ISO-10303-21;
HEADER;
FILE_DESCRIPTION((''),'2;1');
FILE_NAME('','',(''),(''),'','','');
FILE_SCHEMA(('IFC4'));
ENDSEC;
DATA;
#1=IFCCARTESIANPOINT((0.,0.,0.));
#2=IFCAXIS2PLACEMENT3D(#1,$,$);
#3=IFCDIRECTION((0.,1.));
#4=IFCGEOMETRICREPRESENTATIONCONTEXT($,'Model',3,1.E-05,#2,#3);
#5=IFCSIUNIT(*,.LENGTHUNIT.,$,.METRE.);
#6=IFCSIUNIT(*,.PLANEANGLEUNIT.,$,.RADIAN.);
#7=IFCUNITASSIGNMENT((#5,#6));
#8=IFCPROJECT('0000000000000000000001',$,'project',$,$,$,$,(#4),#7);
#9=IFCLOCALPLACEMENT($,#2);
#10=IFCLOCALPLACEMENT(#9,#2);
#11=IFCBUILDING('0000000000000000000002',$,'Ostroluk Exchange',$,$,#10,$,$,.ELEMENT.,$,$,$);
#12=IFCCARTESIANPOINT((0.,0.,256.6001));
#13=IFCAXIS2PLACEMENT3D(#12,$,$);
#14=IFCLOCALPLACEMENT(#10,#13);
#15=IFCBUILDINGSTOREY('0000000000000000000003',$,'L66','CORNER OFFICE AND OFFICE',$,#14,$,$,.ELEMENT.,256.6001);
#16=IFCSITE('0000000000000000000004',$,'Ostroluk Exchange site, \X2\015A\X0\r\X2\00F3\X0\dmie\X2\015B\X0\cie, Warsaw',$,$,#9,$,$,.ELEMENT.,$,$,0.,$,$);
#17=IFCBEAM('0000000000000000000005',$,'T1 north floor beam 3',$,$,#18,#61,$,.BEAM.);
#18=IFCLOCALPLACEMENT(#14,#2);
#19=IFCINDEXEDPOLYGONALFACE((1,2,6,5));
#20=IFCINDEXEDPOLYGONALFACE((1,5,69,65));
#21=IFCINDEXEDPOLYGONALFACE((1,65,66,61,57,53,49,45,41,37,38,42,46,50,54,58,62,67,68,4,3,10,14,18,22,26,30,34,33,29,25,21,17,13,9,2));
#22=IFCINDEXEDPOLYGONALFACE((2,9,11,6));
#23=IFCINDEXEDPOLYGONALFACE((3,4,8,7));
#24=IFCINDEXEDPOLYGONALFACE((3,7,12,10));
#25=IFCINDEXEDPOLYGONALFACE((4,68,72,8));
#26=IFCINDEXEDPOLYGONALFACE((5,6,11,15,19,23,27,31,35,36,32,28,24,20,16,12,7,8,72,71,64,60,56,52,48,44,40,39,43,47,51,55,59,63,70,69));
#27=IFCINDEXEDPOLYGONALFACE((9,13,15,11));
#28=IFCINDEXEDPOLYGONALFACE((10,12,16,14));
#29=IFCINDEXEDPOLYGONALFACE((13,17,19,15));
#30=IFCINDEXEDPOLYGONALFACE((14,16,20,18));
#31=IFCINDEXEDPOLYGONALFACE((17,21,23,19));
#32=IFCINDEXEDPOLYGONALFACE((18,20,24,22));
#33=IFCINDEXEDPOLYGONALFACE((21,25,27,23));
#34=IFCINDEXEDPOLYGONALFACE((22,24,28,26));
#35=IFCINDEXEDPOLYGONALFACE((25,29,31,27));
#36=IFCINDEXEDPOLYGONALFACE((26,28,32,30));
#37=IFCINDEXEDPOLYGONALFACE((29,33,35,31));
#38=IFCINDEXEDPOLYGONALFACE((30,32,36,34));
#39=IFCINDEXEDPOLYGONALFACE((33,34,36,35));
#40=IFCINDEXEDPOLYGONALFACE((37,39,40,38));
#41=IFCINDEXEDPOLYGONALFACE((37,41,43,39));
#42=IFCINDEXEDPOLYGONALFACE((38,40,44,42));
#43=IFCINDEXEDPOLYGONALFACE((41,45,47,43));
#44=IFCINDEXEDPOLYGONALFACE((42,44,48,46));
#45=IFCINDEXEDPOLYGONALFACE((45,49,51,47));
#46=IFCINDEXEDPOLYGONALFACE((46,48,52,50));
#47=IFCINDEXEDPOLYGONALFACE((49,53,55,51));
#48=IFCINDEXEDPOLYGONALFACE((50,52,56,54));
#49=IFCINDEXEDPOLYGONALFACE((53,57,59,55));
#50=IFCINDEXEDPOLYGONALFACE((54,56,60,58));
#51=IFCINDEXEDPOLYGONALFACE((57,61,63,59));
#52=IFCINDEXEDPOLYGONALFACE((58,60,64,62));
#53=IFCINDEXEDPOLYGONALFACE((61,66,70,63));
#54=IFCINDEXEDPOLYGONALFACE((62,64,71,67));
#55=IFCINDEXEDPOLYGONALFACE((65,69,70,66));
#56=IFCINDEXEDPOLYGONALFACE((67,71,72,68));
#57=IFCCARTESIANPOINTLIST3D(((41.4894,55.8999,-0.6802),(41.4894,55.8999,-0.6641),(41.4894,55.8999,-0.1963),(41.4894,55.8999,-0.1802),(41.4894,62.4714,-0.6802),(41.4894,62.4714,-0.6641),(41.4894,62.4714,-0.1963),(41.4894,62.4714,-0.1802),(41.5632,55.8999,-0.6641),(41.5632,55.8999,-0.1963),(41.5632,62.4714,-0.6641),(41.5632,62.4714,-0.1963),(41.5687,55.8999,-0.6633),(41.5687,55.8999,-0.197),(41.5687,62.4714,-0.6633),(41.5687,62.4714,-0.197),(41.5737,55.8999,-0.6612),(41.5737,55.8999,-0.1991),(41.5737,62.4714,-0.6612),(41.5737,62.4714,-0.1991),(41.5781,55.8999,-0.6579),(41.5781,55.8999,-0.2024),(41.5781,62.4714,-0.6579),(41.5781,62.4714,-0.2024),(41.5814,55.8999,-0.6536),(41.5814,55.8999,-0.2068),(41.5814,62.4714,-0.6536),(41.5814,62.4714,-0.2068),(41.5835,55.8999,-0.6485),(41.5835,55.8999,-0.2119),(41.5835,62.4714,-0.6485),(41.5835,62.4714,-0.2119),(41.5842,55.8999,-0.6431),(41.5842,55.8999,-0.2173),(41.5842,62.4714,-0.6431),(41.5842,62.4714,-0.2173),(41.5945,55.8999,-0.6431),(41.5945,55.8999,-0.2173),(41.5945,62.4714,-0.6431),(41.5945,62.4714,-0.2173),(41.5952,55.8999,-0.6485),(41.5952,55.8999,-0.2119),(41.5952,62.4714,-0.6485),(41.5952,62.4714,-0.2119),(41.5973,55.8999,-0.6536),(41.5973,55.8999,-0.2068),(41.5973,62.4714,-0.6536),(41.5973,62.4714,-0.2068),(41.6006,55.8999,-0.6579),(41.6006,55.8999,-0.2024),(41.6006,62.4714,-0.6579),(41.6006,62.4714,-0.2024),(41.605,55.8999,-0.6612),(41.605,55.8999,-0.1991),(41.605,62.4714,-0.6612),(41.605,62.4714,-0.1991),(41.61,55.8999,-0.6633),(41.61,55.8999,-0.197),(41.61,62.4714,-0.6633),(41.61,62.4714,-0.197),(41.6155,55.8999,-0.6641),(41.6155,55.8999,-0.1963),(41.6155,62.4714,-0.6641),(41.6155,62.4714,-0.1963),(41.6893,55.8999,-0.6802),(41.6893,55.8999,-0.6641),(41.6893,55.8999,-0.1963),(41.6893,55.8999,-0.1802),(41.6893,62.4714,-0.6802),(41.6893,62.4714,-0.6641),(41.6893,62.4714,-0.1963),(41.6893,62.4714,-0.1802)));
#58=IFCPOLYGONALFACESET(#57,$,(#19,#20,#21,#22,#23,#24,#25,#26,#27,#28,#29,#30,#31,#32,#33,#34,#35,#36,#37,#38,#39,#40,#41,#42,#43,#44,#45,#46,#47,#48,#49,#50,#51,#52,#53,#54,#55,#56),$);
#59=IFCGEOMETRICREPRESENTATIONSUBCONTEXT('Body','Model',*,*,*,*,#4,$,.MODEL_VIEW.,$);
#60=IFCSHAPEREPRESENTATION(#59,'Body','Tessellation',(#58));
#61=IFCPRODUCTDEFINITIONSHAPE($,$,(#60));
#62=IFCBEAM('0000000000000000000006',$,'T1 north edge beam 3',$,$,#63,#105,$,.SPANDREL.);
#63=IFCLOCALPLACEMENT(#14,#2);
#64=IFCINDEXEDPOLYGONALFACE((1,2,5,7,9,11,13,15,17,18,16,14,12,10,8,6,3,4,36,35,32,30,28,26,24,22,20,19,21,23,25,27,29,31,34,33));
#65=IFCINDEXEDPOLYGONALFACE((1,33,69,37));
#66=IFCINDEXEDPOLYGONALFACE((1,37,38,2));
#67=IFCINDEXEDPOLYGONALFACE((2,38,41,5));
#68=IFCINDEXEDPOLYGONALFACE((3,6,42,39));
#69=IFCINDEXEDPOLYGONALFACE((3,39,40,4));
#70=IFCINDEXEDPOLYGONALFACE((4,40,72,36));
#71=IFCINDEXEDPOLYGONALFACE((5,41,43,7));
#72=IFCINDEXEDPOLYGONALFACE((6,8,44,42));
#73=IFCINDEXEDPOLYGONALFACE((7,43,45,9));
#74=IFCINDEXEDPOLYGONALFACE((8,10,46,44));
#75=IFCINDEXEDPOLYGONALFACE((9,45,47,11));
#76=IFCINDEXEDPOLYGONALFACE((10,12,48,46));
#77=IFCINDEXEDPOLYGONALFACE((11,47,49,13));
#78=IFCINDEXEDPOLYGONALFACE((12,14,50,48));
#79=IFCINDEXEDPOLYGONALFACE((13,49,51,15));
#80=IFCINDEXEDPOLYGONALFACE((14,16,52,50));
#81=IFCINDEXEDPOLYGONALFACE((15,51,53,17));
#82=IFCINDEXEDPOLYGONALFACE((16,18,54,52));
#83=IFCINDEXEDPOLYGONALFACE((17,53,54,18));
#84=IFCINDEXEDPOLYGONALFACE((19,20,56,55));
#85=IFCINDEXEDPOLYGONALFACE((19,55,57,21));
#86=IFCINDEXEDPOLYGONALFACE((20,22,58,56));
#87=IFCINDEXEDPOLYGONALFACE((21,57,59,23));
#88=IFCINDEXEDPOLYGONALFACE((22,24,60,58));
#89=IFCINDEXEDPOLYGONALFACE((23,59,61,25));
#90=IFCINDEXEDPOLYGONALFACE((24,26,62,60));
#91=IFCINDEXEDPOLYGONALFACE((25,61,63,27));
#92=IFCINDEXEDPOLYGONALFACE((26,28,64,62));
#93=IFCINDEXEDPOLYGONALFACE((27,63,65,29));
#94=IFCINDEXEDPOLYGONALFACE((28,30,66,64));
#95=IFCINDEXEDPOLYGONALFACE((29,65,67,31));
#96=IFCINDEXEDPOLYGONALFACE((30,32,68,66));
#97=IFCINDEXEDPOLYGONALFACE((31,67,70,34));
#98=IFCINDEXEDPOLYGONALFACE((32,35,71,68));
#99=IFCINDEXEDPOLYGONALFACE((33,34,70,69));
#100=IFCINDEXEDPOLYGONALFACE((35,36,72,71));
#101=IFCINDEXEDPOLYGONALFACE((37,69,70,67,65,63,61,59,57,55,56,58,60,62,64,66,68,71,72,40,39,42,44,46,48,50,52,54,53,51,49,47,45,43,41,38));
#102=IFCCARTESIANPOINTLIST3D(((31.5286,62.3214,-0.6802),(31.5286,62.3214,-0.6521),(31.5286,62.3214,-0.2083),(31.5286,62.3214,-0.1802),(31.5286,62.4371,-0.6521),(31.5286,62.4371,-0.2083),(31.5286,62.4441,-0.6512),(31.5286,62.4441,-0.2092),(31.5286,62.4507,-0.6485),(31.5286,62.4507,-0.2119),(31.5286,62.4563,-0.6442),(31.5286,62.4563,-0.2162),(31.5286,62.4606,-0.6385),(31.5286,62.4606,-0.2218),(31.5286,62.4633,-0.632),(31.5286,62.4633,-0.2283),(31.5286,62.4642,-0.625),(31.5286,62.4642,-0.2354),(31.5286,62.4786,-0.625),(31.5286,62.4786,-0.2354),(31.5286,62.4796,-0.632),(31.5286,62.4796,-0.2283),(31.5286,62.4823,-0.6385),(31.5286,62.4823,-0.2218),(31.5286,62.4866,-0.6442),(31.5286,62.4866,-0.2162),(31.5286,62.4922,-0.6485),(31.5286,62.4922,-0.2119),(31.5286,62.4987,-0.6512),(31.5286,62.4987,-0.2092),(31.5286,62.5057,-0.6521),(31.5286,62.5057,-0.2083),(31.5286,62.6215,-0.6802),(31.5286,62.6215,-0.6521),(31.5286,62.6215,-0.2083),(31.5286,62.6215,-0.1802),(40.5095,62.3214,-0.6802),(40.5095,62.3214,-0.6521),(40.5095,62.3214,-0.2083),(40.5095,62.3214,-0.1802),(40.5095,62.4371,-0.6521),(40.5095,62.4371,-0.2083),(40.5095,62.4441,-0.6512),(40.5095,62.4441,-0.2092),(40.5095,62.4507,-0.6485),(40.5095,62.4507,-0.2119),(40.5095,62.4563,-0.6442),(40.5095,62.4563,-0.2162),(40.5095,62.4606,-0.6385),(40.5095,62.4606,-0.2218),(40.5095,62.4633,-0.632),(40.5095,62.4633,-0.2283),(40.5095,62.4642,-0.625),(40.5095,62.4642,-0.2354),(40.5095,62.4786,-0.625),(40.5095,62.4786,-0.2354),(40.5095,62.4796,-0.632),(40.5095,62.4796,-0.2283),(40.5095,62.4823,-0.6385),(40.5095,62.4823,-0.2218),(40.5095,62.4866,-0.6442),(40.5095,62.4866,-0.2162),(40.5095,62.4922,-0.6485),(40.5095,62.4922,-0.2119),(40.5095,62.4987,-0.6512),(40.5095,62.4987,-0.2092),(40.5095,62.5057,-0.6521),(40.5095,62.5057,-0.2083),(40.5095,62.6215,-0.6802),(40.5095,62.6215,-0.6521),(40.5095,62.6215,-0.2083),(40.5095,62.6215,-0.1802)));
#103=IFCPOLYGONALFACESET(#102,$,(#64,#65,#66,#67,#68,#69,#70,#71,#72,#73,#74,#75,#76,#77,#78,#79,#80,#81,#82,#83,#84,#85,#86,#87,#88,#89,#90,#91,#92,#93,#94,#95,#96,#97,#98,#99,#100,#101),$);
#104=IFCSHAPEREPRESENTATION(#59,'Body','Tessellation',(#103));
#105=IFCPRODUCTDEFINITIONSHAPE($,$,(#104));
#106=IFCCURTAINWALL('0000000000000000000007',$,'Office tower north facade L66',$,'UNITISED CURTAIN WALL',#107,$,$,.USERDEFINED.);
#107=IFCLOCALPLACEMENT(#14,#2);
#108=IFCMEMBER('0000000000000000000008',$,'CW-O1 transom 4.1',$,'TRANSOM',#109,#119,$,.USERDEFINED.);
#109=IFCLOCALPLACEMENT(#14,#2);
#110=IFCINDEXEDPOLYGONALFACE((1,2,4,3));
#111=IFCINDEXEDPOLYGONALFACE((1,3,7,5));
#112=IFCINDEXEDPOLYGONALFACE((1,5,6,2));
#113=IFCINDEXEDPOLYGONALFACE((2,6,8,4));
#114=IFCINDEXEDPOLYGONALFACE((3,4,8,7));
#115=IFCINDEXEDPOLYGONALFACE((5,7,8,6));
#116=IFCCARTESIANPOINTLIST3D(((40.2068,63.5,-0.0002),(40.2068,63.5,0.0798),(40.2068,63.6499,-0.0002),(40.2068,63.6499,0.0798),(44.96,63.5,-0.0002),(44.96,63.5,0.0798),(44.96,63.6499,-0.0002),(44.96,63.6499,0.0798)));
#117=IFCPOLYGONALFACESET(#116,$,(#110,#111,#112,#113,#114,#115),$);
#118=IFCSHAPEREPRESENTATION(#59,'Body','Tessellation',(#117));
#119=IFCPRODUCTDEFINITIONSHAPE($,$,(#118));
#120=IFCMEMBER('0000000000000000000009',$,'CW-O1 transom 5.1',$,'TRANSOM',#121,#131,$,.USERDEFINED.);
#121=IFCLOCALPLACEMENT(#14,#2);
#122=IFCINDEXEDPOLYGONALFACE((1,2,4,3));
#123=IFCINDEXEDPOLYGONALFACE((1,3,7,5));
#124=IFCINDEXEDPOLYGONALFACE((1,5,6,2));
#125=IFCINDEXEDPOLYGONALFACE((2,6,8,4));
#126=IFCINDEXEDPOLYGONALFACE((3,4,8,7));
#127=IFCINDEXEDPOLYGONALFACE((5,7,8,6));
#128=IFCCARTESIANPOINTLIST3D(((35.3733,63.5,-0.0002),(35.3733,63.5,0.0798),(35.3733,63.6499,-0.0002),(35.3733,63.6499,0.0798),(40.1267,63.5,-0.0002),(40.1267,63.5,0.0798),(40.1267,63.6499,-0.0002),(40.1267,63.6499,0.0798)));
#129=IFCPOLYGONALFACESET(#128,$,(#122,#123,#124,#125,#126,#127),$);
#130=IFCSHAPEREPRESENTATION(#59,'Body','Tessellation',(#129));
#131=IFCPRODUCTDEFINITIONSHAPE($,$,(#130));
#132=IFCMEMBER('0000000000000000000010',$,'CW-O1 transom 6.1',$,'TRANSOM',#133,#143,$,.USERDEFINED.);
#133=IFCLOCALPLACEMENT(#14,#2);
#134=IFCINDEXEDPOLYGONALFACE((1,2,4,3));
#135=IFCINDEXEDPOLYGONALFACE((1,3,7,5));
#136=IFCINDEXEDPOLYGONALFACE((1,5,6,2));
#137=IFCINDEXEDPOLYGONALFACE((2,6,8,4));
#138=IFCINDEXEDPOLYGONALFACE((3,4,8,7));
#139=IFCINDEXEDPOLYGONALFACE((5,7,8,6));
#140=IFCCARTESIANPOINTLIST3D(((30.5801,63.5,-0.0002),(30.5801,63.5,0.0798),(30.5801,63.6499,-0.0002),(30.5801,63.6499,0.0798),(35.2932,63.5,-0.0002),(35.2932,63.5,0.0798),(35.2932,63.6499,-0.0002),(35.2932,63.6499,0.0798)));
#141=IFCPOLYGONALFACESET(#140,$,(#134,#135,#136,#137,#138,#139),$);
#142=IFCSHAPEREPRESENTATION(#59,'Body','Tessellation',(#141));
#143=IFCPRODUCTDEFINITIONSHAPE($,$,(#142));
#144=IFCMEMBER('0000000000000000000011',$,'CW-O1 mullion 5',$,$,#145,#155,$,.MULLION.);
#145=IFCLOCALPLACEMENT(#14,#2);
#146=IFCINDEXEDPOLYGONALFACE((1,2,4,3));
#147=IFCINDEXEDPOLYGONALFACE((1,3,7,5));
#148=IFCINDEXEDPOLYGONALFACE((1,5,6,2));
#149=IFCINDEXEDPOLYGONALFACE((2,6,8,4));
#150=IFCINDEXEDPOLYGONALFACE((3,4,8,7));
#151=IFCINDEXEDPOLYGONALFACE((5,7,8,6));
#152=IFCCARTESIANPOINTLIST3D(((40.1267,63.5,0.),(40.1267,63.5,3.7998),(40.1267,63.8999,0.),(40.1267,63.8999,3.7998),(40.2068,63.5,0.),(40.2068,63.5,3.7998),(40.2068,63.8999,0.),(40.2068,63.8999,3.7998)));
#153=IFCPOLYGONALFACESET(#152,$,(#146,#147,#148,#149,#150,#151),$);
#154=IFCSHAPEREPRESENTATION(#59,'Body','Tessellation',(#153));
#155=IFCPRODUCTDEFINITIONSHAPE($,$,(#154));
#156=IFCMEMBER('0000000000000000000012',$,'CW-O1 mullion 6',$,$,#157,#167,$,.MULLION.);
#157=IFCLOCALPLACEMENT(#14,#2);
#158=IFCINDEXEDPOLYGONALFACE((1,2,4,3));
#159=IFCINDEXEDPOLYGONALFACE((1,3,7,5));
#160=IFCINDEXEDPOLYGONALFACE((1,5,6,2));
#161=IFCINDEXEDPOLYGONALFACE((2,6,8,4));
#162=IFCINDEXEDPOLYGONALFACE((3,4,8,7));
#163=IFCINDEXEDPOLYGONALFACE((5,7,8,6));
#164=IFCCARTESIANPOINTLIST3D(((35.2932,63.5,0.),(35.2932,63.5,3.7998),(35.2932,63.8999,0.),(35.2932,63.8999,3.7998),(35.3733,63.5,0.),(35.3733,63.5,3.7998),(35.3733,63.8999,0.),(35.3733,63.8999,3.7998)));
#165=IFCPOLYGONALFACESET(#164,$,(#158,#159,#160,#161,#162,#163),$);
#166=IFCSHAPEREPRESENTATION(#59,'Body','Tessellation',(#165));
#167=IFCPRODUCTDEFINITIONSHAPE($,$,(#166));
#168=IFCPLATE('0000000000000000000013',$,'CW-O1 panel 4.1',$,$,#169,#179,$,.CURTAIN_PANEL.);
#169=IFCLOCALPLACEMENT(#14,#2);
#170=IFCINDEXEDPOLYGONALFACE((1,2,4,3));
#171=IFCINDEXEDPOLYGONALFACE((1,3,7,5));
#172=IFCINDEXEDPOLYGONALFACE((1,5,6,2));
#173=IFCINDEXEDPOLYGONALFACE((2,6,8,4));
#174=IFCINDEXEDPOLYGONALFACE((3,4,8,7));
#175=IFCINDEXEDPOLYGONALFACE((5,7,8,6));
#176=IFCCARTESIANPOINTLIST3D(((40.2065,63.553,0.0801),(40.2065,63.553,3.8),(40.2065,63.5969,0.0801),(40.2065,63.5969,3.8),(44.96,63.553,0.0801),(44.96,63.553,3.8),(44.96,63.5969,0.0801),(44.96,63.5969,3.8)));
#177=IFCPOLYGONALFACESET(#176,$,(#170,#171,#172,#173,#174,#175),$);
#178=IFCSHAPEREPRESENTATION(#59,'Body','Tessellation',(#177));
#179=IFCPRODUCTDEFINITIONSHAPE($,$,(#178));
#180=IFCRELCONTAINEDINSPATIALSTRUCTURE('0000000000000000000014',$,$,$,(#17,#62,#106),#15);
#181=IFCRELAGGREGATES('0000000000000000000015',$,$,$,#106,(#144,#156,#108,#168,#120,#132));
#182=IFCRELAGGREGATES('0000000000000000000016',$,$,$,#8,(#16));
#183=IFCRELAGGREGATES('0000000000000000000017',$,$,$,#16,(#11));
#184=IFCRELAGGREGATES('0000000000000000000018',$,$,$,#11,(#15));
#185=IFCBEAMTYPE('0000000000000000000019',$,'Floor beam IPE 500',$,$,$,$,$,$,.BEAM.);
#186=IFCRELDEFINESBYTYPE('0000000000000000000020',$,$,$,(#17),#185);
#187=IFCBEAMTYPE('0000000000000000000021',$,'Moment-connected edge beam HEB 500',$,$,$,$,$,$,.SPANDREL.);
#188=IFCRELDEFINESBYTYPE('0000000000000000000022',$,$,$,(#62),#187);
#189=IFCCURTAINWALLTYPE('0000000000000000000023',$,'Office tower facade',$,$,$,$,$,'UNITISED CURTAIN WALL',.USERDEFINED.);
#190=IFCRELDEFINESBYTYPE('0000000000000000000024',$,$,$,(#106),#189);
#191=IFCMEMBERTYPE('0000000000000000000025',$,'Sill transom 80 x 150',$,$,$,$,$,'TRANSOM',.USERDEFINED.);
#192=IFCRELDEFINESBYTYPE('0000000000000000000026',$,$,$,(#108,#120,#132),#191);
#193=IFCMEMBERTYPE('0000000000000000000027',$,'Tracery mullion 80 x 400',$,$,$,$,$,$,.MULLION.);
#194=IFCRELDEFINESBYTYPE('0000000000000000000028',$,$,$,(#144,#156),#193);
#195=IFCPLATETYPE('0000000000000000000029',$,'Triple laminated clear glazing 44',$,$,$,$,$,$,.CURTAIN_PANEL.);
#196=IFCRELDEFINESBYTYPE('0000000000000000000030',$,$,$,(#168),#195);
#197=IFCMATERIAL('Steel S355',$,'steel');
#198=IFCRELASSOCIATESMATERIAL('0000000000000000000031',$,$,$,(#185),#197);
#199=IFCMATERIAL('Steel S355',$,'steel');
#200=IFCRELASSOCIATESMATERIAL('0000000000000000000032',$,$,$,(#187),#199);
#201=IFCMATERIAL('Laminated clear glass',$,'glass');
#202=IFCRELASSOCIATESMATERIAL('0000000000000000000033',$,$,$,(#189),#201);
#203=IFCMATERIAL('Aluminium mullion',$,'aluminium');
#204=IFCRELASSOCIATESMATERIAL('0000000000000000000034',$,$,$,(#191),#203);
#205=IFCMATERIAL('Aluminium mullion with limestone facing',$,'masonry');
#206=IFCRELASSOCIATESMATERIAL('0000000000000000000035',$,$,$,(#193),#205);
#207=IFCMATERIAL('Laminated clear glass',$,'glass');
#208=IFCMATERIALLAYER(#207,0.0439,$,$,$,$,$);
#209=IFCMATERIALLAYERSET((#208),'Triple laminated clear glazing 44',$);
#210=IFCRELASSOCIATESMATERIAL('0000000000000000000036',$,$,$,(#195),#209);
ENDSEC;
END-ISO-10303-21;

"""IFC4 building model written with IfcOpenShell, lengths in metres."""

from ifc_helpers import new_model, si_unit, direction, frame, origin, origin_2d, place, context, subcontext, project, spatial, rectangle, i_section, extrude, material, layer, layer_set, material_profile, profile_set, type_object, element, aggregate, save


model = new_model("IFC4")

# Units and contexts
model_context = context("Model", 3, precision=1e-05, world=origin(), true_north=direction((0.0, 1.0)))
body_context = subcontext(model_context, "Body", "Model", "MODEL_VIEW")
ifc_project = project(units=[si_unit("LENGTHUNIT", "METRE"), si_unit("PLANEANGLEUNIT", "RADIAN")], contexts=[model_context])

# Site, building, storey
site_placement = place(None, origin())
site = spatial("IfcSite", under=ifc_project, at=site_placement, Name="Ostroluk Exchange site, Śródmieście, Warsaw", CompositionType="ELEMENT", RefElevation=0.0)
building_placement = place(site_placement, origin())
building = spatial("IfcBuilding", under=site, at=building_placement, Name="Ostroluk Exchange", CompositionType="ELEMENT")
storey_placement = place(building_placement, frame((0.0, 0.0, 256.6001)))
storey = spatial("IfcBuildingStorey", under=building, at=storey_placement, Name="L66", Description="CORNER OFFICE AND OFFICE", CompositionType="ELEMENT", Elevation=256.6001)

# Beams
ifc_material_1 = material(Name="Steel S355", Category="steel")
ifc_material_profile_1 = material_profile(ifc_material_1, i_section(OverallWidth=0.2, OverallDepth=0.5, WebThickness=0.0103, FlangeThickness=0.0161, FilletRadius=0.021, at=origin_2d()), Name="IPE 500")
ifc_profile_set_1 = profile_set([ifc_material_profile_1], Name="Steel S355")
beam_type_1 = type_object("IfcBeamType", Name="Floor beam IPE 500", PredefinedType="BEAM", material=ifc_profile_set_1)
beam_1_placement = place(storey_placement, frame((41.5894, 55.8999, -0.4302), z_axis=(0.0, 1.0, 0.0), x_axis=(-1.0, 0.0, 0.0)))
element("IfcBeam", 1, at=beam_1_placement, inside=storey, type_object=beam_type_1, Name="T1 north floor beam 3", PredefinedType="BEAM", context=body_context, shape_type="SweptSolid", body=[
    extrude(i_section(OverallWidth=0.2, OverallDepth=0.5, WebThickness=0.0103, FlangeThickness=0.0161, FilletRadius=0.021, at=origin_2d()), origin(), (0.0, 0.0, 1.0), 6.5715),
])
ifc_material_2 = material(Name="Steel S355", Category="steel")
ifc_material_profile_2 = material_profile(ifc_material_2, i_section(OverallWidth=0.3, OverallDepth=0.5, WebThickness=0.0144, FlangeThickness=0.0281, FilletRadius=0.0271, at=origin_2d()), Name="HEB 500")
ifc_profile_set_2 = profile_set([ifc_material_profile_2], Name="Steel S355")
beam_type_2 = type_object("IfcBeamType", Name="Moment-connected edge beam HEB 500", PredefinedType="SPANDREL", material=ifc_profile_set_2)
beam_2_placement = place(storey_placement, frame((40.5095, 62.4714, -0.4302), z_axis=(-1.0, 0.0, 0.0), x_axis=(0.0, -1.0, 0.0)))
element("IfcBeam", 2, at=beam_2_placement, inside=storey, type_object=beam_type_2, Name="T1 north edge beam 3", PredefinedType="SPANDREL", context=body_context, shape_type="SweptSolid", body=[
    extrude(i_section(OverallWidth=0.3, OverallDepth=0.5, WebThickness=0.0144, FlangeThickness=0.0281, FilletRadius=0.0271, at=origin_2d()), origin(), (0.0, 0.0, 1.0), 8.981),
])

# Curtain wall, members, plate
ifc_material_3 = material(Name="Laminated clear glass", Category="glass")
curtain_wall_type = type_object("IfcCurtainWallType", Name="Office tower facade", ElementType="UNITISED CURTAIN WALL", PredefinedType="USERDEFINED", material=ifc_material_3)
curtain_wall_placement = place(storey_placement, origin())
curtain_wall = element("IfcCurtainWall", 3, at=curtain_wall_placement, inside=storey, type_object=curtain_wall_type, Name="Office tower north facade L66", ObjectType="UNITISED CURTAIN WALL", PredefinedType="USERDEFINED")
ifc_material_4 = material(Name="Aluminium mullion", Category="aluminium")
ifc_material_profile_3 = material_profile(ifc_material_4, rectangle(XDim=0.1499, YDim=0.0801, at=origin_2d()), Name="Sill transom 80 x 150")
ifc_profile_set_3 = profile_set([ifc_material_profile_3], Name="Aluminium mullion")
member_type_1 = type_object("IfcMemberType", Name="Sill transom 80 x 150", ElementType="TRANSOM", PredefinedType="USERDEFINED", material=ifc_profile_set_3)
member_1_placement = place(storey_placement, frame((44.96, 63.575, 0.0398), z_axis=(-1.0, 0.0, 0.0), x_axis=(0.0, -1.0, 0.0)))
member_1 = element("IfcMember", 4, at=member_1_placement, type_object=member_type_1, Name="CW-O1 transom 4.1", ObjectType="TRANSOM", PredefinedType="USERDEFINED", context=body_context, shape_type="SweptSolid", body=[
    extrude(rectangle(XDim=0.1499, YDim=0.0801, at=origin_2d()), origin(), (0.0, 0.0, 1.0), 4.7532),
])
member_2_placement = place(storey_placement, frame((40.1267, 63.575, 0.0398), z_axis=(-1.0, 0.0, 0.0), x_axis=(0.0, -1.0, 0.0)))
member_2 = element("IfcMember", 5, at=member_2_placement, type_object=member_type_1, Name="CW-O1 transom 5.1", ObjectType="TRANSOM", PredefinedType="USERDEFINED", context=body_context, shape_type="SweptSolid", body=[
    extrude(rectangle(XDim=0.1499, YDim=0.0801, at=origin_2d()), origin(), (0.0, 0.0, 1.0), 4.7534),
])
member_3_placement = place(storey_placement, frame((35.2932, 63.575, 0.0398), z_axis=(-1.0, 0.0, 0.0), x_axis=(0.0, -1.0, 0.0)))
member_3 = element("IfcMember", 6, at=member_3_placement, type_object=member_type_1, Name="CW-O1 transom 6.1", ObjectType="TRANSOM", PredefinedType="USERDEFINED", context=body_context, shape_type="SweptSolid", body=[
    extrude(rectangle(XDim=0.1499, YDim=0.0801, at=origin_2d()), origin(), (0.0, 0.0, 1.0), 4.7131),
])
ifc_material_5 = material(Name="Aluminium mullion with limestone facing", Category="masonry")
ifc_material_profile_4 = material_profile(ifc_material_5, rectangle(XDim=0.3999, YDim=0.0801, at=origin_2d()), Name="Tracery mullion 80 x 400")
ifc_profile_set_4 = profile_set([ifc_material_profile_4], Name="Aluminium mullion with limestone facing")
member_type_2 = type_object("IfcMemberType", Name="Tracery mullion 80 x 400", PredefinedType="MULLION", material=ifc_profile_set_4)
member_4_placement = place(storey_placement, frame((40.1667, 63.7, 0.0), z_axis=(0.0, 0.0, 1.0), x_axis=(0.0, -1.0, 0.0)))
member_4 = element("IfcMember", 7, at=member_4_placement, type_object=member_type_2, Name="CW-O1 mullion 5", PredefinedType="MULLION", context=body_context, shape_type="SweptSolid", body=[
    extrude(rectangle(XDim=0.3999, YDim=0.0801, at=origin_2d()), origin(), (0.0, 0.0, 1.0), 3.7998),
])
member_5_placement = place(storey_placement, frame((35.3333, 63.7, 0.0), z_axis=(0.0, 0.0, 1.0), x_axis=(0.0, -1.0, 0.0)))
member_5 = element("IfcMember", 8, at=member_5_placement, type_object=member_type_2, Name="CW-O1 mullion 6", PredefinedType="MULLION", context=body_context, shape_type="SweptSolid", body=[
    extrude(rectangle(XDim=0.3999, YDim=0.0801, at=origin_2d()), origin(), (0.0, 0.0, 1.0), 3.7998),
])
ifc_material_6 = material(Name="Laminated clear glass", Category="glass")
ifc_layer_1 = layer(ifc_material_6, 0.0439)
ifc_layer_set_1 = layer_set([ifc_layer_1], Name="Triple laminated clear glazing 44")
plate_type = type_object("IfcPlateType", Name="Triple laminated clear glazing 44", PredefinedType="CURTAIN_PANEL", material=ifc_layer_set_1)
plate_1_placement = place(storey_placement, frame((42.5833, 63.575, 0.0801), z_axis=(0.0, 0.0, 1.0), x_axis=(-1.0, 0.0, 0.0)))
plate_1 = element("IfcPlate", 9, at=plate_1_placement, type_object=plate_type, Name="CW-O1 panel 4.1", PredefinedType="CURTAIN_PANEL", context=body_context, shape_type="SweptSolid", body=[
    extrude(rectangle(XDim=4.7534, YDim=0.0439, at=origin_2d()), origin(), (0.0, 0.0, 1.0), 3.72),
])
aggregate(curtain_wall, [member_4, member_5, member_1, plate_1, member_2, member_3])

save(model, "model.ifc")
